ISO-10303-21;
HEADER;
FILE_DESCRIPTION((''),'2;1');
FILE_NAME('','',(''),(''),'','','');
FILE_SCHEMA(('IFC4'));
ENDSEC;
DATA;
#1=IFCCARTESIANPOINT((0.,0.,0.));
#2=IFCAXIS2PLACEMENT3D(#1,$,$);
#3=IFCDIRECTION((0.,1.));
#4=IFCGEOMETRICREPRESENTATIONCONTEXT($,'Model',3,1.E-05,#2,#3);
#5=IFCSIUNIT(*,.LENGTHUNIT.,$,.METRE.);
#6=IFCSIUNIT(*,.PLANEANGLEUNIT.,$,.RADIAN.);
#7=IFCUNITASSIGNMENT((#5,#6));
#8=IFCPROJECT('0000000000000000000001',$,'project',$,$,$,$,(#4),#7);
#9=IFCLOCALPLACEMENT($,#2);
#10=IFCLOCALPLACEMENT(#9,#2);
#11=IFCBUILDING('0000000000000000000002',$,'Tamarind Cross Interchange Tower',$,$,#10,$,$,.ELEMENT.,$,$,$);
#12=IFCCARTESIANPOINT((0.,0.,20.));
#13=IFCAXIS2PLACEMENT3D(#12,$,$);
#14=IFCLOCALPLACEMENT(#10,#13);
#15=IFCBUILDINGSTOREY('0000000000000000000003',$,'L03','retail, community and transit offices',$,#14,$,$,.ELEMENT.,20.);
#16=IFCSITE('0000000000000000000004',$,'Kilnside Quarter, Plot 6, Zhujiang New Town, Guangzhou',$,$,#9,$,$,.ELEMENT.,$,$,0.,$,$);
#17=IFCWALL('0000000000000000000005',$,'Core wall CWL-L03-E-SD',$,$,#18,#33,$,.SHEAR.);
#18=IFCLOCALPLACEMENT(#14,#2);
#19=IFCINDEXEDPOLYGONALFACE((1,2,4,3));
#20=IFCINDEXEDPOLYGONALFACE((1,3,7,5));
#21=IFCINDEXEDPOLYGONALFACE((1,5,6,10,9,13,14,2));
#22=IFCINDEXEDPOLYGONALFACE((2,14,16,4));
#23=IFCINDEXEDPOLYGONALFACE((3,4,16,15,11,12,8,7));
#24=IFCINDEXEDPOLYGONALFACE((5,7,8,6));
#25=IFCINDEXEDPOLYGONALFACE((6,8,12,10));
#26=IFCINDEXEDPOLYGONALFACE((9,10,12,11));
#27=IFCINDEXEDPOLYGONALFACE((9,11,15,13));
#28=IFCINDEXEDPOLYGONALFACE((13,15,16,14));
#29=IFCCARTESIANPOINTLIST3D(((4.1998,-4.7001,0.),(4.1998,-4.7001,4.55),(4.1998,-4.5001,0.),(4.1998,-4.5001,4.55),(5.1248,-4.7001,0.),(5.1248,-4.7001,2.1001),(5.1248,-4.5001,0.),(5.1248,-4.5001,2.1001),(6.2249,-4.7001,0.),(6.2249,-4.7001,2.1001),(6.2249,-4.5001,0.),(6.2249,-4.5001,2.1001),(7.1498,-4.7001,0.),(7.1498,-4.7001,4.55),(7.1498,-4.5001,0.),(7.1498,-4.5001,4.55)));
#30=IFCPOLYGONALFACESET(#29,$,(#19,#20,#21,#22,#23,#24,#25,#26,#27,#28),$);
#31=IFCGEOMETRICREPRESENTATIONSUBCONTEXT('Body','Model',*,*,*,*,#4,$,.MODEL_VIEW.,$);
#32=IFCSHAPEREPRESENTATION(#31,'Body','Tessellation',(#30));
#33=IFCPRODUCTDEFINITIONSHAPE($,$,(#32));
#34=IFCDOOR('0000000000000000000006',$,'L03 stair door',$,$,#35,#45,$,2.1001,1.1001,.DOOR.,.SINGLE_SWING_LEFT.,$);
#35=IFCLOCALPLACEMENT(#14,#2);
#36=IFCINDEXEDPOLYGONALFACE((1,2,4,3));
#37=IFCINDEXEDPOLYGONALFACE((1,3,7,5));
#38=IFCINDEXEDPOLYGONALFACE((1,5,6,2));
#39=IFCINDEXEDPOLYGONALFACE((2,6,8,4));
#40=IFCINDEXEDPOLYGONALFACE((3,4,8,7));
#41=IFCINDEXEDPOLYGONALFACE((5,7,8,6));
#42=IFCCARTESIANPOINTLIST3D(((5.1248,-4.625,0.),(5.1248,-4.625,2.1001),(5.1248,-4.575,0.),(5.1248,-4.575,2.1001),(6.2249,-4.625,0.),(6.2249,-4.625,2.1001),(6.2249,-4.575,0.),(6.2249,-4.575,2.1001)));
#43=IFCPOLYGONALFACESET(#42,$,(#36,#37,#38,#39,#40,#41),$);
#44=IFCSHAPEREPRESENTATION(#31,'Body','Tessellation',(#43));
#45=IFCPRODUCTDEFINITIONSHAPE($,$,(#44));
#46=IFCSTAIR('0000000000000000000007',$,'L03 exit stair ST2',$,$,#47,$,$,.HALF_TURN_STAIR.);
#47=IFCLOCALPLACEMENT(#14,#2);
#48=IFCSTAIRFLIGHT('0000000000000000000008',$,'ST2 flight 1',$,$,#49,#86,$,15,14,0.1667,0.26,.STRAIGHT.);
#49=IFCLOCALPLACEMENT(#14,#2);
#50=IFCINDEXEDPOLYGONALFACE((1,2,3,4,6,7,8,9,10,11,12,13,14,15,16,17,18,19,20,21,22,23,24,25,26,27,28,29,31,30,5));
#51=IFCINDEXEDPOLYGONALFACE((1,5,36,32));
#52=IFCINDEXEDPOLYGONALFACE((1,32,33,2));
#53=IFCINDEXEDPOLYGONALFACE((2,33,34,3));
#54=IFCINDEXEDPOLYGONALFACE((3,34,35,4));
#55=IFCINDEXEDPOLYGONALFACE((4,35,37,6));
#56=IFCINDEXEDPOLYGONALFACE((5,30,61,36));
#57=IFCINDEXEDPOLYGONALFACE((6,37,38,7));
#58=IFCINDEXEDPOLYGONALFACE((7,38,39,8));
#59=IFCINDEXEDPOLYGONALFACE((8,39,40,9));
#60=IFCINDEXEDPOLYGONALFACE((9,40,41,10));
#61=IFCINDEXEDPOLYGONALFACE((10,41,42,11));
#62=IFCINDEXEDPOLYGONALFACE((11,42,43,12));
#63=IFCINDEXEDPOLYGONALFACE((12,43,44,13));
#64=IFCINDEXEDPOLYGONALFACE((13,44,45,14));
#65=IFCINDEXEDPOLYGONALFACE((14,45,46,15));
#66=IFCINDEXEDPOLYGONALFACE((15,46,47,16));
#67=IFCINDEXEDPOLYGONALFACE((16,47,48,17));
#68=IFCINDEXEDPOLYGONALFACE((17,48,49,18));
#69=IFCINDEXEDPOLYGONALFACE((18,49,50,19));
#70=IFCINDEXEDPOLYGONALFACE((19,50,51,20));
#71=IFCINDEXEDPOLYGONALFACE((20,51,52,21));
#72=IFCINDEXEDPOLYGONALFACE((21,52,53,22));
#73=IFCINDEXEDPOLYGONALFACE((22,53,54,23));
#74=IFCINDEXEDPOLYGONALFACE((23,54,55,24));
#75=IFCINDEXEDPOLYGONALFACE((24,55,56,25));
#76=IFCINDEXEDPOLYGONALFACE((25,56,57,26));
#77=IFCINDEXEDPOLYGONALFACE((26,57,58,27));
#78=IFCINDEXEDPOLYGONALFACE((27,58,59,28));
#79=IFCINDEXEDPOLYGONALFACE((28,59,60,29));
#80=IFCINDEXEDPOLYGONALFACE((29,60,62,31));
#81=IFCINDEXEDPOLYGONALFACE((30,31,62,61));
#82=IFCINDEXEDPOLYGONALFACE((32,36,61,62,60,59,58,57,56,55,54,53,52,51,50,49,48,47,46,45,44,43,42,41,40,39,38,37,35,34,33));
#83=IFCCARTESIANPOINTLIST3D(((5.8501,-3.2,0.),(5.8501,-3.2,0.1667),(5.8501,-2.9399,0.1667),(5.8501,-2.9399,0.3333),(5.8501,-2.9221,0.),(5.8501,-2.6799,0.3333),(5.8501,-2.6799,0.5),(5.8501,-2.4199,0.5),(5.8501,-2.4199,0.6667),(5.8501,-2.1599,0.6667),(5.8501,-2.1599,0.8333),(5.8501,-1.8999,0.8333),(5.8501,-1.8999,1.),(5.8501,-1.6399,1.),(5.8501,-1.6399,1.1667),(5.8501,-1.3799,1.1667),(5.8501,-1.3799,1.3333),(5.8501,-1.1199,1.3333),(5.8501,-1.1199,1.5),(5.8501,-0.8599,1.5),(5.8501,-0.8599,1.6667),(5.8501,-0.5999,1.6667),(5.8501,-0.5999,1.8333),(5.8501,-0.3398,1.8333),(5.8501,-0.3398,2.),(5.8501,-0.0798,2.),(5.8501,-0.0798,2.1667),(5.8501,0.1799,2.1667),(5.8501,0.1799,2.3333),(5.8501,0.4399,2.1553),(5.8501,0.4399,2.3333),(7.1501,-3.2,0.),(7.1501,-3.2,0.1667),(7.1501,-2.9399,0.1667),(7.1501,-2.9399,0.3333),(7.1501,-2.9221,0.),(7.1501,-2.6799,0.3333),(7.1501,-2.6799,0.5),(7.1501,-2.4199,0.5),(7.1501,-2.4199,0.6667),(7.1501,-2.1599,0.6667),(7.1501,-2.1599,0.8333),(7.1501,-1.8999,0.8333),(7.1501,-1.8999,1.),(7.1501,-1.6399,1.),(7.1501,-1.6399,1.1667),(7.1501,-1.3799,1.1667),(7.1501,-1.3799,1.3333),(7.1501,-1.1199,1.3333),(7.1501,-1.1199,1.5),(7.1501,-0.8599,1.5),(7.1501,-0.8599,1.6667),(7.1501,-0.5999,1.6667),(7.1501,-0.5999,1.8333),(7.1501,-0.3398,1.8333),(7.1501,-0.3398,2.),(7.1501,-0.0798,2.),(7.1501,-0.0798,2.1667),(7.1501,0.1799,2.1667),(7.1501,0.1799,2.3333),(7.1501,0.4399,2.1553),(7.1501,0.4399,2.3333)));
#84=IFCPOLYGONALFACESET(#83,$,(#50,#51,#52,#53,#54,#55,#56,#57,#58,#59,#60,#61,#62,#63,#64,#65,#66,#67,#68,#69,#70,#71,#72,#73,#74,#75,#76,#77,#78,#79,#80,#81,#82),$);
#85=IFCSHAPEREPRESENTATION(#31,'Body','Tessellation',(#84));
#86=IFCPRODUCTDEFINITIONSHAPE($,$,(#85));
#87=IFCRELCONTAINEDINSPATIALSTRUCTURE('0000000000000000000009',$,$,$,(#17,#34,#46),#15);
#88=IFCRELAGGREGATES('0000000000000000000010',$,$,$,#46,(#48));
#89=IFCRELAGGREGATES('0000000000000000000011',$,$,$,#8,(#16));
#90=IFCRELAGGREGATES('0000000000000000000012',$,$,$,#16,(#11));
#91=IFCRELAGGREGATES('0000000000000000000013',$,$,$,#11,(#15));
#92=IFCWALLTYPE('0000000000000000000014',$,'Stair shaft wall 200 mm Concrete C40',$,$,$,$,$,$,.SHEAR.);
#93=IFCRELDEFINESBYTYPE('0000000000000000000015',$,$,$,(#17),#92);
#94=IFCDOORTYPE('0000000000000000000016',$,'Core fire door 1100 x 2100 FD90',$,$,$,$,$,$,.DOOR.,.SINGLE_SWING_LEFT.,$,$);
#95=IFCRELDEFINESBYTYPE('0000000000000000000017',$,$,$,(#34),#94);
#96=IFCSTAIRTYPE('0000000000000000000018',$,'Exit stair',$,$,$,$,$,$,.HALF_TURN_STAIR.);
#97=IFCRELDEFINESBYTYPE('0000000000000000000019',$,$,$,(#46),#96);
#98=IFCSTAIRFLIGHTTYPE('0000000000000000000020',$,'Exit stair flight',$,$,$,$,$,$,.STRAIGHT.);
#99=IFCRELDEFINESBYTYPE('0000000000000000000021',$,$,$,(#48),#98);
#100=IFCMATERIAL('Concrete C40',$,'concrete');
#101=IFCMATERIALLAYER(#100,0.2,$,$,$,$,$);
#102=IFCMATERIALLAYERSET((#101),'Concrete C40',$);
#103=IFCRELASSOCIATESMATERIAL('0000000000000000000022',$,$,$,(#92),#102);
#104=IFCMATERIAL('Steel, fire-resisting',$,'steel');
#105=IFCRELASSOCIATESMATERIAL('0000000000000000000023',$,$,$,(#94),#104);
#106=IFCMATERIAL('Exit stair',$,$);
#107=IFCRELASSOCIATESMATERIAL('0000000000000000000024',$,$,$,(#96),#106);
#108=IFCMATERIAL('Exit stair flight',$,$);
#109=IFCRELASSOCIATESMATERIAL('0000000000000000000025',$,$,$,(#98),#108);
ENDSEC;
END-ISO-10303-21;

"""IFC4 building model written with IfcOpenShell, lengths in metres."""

from ifc_helpers import new_model, si_unit, direction, frame, frame_2d, origin, place, context, subcontext, project, spatial, polyline, rectangle, outline, extrude, material, layer, layer_set, type_object, element, fill, aggregate, save


model = new_model("IFC4")

# Units and contexts
model_context = context("Model", 3, precision=1e-05, world=origin(), true_north=direction((0.0, 1.0)))
body_context = subcontext(model_context, "Body", "Model", "MODEL_VIEW")
ifc_project = project(units=[si_unit("LENGTHUNIT", "METRE"), si_unit("PLANEANGLEUNIT", "RADIAN")], contexts=[model_context])

# Site, building, storey
site_placement = place(None, origin())
site = spatial("IfcSite", under=ifc_project, at=site_placement, Name="Kilnside Quarter, Plot 6, Zhujiang New Town, Guangzhou", CompositionType="ELEMENT", RefElevation=0.0)
building_placement = place(site_placement, origin())
building = spatial("IfcBuilding", under=site, at=building_placement, Name="Tamarind Cross Interchange Tower", CompositionType="ELEMENT")
storey_placement = place(building_placement, frame((0.0, 0.0, 20.0)))
storey = spatial("IfcBuildingStorey", under=building, at=storey_placement, Name="L03", Description="retail, community and transit offices", CompositionType="ELEMENT", Elevation=20.0)

# Wall, opening, door
ifc_material_1 = material(Name="Concrete C40", Category="concrete")
ifc_layer_1 = layer(ifc_material_1, 0.2)
ifc_layer_set_1 = layer_set([ifc_layer_1], Name="Concrete C40")
wall_type_1 = type_object("IfcWallType", Name="Stair shaft wall 200 mm Concrete C40", PredefinedType="SHEAR", material=ifc_layer_set_1)
wall_1_placement = place(storey_placement, frame((7.1499, -4.6001, 0.0), z_axis=(0.0, 0.0, 1.0), x_axis=(-1.0, 0.0, 0.0)))
wall_1 = element("IfcWall", 1, at=wall_1_placement, inside=storey, type_object=wall_type_1, Name="Core wall CWL-L03-E-SD", PredefinedType="SHEAR", context=body_context, shape_type="SweptSolid", body=[
    extrude(rectangle(XDim=2.95, YDim=0.2, at=frame_2d((1.4751, 0.0))), origin(), (0.0, 0.0, 1.0), 4.55),
])
opening_1_placement = place(wall_1_placement, frame((0.925, 0.0, 0.0)))
opening_1 = element("IfcOpeningElement", 2, at=opening_1_placement, cuts=wall_1, PredefinedType="OPENING", context=body_context, shape_type="SweptSolid", body=[
    extrude(rectangle(XDim=1.1001, YDim=2.1001, at=frame_2d((0.55, 1.05))), frame((0.0, 0.1099, 0.0), z_axis=(0.0, -1.0, 0.0), x_axis=(1.0, 0.0, 0.0)), (0.0, 0.0, 1.0), 0.22),
])
ifc_material_2 = material(Name="Steel, fire-resisting", Category="steel")
door_type_1 = type_object("IfcDoorType", Name="Core fire door 1100 x 2100 FD90", OperationType="SINGLE_SWING_LEFT", PredefinedType="DOOR", material=ifc_material_2)
door_1_placement = place(opening_1_placement, origin())
door_1 = element("IfcDoor", 3, at=door_1_placement, inside=storey, type_object=door_type_1, Name="L03 stair door", OperationType="SINGLE_SWING_LEFT", OverallHeight=2.1001, OverallWidth=1.1001, PredefinedType="DOOR", context=body_context, shape_type="SweptSolid", body=[
    extrude(rectangle(XDim=1.1001, YDim=2.1001, at=frame_2d((0.55, 1.05))), frame((0.0, 0.0249, 0.0), z_axis=(0.0, -1.0, 0.0), x_axis=(1.0, 0.0, 0.0)), (0.0, 0.0, 1.0), 0.05),
])
fill(opening_1, door_1)

# Stair, stair flight
ifc_material_3 = material(Name="Exit stair")
stair_type = type_object("IfcStairType", Name="Exit stair", PredefinedType="HALF_TURN_STAIR", material=ifc_material_3)
stair_placement = place(storey_placement, origin())
stair = element("IfcStair", 4, at=stair_placement, inside=storey, type_object=stair_type, Name="L03 exit stair ST2", PredefinedType="HALF_TURN_STAIR")
ifc_material_4 = material(Name="Exit stair flight")
stair_flight_type = type_object("IfcStairFlightType", Name="Exit stair flight", PredefinedType="STRAIGHT", material=ifc_material_4)
stair_flight_placement = place(storey_placement, frame((6.5, -3.2, 0.0), z_axis=(0.0, 0.0, 1.0), x_axis=(0.0, 1.0, 0.0)))
stair_flight = element("IfcStairFlight", 5, at=stair_flight_placement, type_object=stair_flight_type, Name="ST2 flight 1", NumberOfRisers=15, NumberOfTreads=14, PredefinedType="STRAIGHT", RiserHeight=0.1667, TreadLength=0.26, context=body_context, shape_type="SweptSolid", body=[
    extrude(outline(polyline([(0.0, 0.0), (0.0, 0.1667), (0.26, 0.1667), (0.26, 0.3333), (0.52, 0.3333), (0.52, 0.5), (0.78, 0.5), (0.78, 0.6667), (1.04, 0.6667), (1.04, 0.8333), (1.3, 0.8333), (1.3, 1.0), (1.5601, 1.0), (1.5601, 1.1667), (1.8201, 1.1667), (1.8201, 1.3333), (2.0801, 1.3333), (2.0801, 1.5), (2.3401, 1.5), (2.3401, 1.6667), (2.6001, 1.6667), (2.6001, 1.8333), (2.8601, 1.8333), (2.8601, 2.0), (3.1201, 2.0), (3.1201, 2.1667), (3.3799, 2.1667), (3.3799, 2.3333), (3.6399, 2.3333), (3.6399, 2.5), (3.6399, 2.1553), (0.2778, 0.0), (0.0, 0.0)])), frame((0.0, 0.6499, 0.0), z_axis=(0.0, -1.0, 0.0), x_axis=(1.0, 0.0, 0.0)), (0.0, 0.0, 1.0), 1.3),
])
aggregate(stair, [stair_flight])

save(model, "model.ifc")
